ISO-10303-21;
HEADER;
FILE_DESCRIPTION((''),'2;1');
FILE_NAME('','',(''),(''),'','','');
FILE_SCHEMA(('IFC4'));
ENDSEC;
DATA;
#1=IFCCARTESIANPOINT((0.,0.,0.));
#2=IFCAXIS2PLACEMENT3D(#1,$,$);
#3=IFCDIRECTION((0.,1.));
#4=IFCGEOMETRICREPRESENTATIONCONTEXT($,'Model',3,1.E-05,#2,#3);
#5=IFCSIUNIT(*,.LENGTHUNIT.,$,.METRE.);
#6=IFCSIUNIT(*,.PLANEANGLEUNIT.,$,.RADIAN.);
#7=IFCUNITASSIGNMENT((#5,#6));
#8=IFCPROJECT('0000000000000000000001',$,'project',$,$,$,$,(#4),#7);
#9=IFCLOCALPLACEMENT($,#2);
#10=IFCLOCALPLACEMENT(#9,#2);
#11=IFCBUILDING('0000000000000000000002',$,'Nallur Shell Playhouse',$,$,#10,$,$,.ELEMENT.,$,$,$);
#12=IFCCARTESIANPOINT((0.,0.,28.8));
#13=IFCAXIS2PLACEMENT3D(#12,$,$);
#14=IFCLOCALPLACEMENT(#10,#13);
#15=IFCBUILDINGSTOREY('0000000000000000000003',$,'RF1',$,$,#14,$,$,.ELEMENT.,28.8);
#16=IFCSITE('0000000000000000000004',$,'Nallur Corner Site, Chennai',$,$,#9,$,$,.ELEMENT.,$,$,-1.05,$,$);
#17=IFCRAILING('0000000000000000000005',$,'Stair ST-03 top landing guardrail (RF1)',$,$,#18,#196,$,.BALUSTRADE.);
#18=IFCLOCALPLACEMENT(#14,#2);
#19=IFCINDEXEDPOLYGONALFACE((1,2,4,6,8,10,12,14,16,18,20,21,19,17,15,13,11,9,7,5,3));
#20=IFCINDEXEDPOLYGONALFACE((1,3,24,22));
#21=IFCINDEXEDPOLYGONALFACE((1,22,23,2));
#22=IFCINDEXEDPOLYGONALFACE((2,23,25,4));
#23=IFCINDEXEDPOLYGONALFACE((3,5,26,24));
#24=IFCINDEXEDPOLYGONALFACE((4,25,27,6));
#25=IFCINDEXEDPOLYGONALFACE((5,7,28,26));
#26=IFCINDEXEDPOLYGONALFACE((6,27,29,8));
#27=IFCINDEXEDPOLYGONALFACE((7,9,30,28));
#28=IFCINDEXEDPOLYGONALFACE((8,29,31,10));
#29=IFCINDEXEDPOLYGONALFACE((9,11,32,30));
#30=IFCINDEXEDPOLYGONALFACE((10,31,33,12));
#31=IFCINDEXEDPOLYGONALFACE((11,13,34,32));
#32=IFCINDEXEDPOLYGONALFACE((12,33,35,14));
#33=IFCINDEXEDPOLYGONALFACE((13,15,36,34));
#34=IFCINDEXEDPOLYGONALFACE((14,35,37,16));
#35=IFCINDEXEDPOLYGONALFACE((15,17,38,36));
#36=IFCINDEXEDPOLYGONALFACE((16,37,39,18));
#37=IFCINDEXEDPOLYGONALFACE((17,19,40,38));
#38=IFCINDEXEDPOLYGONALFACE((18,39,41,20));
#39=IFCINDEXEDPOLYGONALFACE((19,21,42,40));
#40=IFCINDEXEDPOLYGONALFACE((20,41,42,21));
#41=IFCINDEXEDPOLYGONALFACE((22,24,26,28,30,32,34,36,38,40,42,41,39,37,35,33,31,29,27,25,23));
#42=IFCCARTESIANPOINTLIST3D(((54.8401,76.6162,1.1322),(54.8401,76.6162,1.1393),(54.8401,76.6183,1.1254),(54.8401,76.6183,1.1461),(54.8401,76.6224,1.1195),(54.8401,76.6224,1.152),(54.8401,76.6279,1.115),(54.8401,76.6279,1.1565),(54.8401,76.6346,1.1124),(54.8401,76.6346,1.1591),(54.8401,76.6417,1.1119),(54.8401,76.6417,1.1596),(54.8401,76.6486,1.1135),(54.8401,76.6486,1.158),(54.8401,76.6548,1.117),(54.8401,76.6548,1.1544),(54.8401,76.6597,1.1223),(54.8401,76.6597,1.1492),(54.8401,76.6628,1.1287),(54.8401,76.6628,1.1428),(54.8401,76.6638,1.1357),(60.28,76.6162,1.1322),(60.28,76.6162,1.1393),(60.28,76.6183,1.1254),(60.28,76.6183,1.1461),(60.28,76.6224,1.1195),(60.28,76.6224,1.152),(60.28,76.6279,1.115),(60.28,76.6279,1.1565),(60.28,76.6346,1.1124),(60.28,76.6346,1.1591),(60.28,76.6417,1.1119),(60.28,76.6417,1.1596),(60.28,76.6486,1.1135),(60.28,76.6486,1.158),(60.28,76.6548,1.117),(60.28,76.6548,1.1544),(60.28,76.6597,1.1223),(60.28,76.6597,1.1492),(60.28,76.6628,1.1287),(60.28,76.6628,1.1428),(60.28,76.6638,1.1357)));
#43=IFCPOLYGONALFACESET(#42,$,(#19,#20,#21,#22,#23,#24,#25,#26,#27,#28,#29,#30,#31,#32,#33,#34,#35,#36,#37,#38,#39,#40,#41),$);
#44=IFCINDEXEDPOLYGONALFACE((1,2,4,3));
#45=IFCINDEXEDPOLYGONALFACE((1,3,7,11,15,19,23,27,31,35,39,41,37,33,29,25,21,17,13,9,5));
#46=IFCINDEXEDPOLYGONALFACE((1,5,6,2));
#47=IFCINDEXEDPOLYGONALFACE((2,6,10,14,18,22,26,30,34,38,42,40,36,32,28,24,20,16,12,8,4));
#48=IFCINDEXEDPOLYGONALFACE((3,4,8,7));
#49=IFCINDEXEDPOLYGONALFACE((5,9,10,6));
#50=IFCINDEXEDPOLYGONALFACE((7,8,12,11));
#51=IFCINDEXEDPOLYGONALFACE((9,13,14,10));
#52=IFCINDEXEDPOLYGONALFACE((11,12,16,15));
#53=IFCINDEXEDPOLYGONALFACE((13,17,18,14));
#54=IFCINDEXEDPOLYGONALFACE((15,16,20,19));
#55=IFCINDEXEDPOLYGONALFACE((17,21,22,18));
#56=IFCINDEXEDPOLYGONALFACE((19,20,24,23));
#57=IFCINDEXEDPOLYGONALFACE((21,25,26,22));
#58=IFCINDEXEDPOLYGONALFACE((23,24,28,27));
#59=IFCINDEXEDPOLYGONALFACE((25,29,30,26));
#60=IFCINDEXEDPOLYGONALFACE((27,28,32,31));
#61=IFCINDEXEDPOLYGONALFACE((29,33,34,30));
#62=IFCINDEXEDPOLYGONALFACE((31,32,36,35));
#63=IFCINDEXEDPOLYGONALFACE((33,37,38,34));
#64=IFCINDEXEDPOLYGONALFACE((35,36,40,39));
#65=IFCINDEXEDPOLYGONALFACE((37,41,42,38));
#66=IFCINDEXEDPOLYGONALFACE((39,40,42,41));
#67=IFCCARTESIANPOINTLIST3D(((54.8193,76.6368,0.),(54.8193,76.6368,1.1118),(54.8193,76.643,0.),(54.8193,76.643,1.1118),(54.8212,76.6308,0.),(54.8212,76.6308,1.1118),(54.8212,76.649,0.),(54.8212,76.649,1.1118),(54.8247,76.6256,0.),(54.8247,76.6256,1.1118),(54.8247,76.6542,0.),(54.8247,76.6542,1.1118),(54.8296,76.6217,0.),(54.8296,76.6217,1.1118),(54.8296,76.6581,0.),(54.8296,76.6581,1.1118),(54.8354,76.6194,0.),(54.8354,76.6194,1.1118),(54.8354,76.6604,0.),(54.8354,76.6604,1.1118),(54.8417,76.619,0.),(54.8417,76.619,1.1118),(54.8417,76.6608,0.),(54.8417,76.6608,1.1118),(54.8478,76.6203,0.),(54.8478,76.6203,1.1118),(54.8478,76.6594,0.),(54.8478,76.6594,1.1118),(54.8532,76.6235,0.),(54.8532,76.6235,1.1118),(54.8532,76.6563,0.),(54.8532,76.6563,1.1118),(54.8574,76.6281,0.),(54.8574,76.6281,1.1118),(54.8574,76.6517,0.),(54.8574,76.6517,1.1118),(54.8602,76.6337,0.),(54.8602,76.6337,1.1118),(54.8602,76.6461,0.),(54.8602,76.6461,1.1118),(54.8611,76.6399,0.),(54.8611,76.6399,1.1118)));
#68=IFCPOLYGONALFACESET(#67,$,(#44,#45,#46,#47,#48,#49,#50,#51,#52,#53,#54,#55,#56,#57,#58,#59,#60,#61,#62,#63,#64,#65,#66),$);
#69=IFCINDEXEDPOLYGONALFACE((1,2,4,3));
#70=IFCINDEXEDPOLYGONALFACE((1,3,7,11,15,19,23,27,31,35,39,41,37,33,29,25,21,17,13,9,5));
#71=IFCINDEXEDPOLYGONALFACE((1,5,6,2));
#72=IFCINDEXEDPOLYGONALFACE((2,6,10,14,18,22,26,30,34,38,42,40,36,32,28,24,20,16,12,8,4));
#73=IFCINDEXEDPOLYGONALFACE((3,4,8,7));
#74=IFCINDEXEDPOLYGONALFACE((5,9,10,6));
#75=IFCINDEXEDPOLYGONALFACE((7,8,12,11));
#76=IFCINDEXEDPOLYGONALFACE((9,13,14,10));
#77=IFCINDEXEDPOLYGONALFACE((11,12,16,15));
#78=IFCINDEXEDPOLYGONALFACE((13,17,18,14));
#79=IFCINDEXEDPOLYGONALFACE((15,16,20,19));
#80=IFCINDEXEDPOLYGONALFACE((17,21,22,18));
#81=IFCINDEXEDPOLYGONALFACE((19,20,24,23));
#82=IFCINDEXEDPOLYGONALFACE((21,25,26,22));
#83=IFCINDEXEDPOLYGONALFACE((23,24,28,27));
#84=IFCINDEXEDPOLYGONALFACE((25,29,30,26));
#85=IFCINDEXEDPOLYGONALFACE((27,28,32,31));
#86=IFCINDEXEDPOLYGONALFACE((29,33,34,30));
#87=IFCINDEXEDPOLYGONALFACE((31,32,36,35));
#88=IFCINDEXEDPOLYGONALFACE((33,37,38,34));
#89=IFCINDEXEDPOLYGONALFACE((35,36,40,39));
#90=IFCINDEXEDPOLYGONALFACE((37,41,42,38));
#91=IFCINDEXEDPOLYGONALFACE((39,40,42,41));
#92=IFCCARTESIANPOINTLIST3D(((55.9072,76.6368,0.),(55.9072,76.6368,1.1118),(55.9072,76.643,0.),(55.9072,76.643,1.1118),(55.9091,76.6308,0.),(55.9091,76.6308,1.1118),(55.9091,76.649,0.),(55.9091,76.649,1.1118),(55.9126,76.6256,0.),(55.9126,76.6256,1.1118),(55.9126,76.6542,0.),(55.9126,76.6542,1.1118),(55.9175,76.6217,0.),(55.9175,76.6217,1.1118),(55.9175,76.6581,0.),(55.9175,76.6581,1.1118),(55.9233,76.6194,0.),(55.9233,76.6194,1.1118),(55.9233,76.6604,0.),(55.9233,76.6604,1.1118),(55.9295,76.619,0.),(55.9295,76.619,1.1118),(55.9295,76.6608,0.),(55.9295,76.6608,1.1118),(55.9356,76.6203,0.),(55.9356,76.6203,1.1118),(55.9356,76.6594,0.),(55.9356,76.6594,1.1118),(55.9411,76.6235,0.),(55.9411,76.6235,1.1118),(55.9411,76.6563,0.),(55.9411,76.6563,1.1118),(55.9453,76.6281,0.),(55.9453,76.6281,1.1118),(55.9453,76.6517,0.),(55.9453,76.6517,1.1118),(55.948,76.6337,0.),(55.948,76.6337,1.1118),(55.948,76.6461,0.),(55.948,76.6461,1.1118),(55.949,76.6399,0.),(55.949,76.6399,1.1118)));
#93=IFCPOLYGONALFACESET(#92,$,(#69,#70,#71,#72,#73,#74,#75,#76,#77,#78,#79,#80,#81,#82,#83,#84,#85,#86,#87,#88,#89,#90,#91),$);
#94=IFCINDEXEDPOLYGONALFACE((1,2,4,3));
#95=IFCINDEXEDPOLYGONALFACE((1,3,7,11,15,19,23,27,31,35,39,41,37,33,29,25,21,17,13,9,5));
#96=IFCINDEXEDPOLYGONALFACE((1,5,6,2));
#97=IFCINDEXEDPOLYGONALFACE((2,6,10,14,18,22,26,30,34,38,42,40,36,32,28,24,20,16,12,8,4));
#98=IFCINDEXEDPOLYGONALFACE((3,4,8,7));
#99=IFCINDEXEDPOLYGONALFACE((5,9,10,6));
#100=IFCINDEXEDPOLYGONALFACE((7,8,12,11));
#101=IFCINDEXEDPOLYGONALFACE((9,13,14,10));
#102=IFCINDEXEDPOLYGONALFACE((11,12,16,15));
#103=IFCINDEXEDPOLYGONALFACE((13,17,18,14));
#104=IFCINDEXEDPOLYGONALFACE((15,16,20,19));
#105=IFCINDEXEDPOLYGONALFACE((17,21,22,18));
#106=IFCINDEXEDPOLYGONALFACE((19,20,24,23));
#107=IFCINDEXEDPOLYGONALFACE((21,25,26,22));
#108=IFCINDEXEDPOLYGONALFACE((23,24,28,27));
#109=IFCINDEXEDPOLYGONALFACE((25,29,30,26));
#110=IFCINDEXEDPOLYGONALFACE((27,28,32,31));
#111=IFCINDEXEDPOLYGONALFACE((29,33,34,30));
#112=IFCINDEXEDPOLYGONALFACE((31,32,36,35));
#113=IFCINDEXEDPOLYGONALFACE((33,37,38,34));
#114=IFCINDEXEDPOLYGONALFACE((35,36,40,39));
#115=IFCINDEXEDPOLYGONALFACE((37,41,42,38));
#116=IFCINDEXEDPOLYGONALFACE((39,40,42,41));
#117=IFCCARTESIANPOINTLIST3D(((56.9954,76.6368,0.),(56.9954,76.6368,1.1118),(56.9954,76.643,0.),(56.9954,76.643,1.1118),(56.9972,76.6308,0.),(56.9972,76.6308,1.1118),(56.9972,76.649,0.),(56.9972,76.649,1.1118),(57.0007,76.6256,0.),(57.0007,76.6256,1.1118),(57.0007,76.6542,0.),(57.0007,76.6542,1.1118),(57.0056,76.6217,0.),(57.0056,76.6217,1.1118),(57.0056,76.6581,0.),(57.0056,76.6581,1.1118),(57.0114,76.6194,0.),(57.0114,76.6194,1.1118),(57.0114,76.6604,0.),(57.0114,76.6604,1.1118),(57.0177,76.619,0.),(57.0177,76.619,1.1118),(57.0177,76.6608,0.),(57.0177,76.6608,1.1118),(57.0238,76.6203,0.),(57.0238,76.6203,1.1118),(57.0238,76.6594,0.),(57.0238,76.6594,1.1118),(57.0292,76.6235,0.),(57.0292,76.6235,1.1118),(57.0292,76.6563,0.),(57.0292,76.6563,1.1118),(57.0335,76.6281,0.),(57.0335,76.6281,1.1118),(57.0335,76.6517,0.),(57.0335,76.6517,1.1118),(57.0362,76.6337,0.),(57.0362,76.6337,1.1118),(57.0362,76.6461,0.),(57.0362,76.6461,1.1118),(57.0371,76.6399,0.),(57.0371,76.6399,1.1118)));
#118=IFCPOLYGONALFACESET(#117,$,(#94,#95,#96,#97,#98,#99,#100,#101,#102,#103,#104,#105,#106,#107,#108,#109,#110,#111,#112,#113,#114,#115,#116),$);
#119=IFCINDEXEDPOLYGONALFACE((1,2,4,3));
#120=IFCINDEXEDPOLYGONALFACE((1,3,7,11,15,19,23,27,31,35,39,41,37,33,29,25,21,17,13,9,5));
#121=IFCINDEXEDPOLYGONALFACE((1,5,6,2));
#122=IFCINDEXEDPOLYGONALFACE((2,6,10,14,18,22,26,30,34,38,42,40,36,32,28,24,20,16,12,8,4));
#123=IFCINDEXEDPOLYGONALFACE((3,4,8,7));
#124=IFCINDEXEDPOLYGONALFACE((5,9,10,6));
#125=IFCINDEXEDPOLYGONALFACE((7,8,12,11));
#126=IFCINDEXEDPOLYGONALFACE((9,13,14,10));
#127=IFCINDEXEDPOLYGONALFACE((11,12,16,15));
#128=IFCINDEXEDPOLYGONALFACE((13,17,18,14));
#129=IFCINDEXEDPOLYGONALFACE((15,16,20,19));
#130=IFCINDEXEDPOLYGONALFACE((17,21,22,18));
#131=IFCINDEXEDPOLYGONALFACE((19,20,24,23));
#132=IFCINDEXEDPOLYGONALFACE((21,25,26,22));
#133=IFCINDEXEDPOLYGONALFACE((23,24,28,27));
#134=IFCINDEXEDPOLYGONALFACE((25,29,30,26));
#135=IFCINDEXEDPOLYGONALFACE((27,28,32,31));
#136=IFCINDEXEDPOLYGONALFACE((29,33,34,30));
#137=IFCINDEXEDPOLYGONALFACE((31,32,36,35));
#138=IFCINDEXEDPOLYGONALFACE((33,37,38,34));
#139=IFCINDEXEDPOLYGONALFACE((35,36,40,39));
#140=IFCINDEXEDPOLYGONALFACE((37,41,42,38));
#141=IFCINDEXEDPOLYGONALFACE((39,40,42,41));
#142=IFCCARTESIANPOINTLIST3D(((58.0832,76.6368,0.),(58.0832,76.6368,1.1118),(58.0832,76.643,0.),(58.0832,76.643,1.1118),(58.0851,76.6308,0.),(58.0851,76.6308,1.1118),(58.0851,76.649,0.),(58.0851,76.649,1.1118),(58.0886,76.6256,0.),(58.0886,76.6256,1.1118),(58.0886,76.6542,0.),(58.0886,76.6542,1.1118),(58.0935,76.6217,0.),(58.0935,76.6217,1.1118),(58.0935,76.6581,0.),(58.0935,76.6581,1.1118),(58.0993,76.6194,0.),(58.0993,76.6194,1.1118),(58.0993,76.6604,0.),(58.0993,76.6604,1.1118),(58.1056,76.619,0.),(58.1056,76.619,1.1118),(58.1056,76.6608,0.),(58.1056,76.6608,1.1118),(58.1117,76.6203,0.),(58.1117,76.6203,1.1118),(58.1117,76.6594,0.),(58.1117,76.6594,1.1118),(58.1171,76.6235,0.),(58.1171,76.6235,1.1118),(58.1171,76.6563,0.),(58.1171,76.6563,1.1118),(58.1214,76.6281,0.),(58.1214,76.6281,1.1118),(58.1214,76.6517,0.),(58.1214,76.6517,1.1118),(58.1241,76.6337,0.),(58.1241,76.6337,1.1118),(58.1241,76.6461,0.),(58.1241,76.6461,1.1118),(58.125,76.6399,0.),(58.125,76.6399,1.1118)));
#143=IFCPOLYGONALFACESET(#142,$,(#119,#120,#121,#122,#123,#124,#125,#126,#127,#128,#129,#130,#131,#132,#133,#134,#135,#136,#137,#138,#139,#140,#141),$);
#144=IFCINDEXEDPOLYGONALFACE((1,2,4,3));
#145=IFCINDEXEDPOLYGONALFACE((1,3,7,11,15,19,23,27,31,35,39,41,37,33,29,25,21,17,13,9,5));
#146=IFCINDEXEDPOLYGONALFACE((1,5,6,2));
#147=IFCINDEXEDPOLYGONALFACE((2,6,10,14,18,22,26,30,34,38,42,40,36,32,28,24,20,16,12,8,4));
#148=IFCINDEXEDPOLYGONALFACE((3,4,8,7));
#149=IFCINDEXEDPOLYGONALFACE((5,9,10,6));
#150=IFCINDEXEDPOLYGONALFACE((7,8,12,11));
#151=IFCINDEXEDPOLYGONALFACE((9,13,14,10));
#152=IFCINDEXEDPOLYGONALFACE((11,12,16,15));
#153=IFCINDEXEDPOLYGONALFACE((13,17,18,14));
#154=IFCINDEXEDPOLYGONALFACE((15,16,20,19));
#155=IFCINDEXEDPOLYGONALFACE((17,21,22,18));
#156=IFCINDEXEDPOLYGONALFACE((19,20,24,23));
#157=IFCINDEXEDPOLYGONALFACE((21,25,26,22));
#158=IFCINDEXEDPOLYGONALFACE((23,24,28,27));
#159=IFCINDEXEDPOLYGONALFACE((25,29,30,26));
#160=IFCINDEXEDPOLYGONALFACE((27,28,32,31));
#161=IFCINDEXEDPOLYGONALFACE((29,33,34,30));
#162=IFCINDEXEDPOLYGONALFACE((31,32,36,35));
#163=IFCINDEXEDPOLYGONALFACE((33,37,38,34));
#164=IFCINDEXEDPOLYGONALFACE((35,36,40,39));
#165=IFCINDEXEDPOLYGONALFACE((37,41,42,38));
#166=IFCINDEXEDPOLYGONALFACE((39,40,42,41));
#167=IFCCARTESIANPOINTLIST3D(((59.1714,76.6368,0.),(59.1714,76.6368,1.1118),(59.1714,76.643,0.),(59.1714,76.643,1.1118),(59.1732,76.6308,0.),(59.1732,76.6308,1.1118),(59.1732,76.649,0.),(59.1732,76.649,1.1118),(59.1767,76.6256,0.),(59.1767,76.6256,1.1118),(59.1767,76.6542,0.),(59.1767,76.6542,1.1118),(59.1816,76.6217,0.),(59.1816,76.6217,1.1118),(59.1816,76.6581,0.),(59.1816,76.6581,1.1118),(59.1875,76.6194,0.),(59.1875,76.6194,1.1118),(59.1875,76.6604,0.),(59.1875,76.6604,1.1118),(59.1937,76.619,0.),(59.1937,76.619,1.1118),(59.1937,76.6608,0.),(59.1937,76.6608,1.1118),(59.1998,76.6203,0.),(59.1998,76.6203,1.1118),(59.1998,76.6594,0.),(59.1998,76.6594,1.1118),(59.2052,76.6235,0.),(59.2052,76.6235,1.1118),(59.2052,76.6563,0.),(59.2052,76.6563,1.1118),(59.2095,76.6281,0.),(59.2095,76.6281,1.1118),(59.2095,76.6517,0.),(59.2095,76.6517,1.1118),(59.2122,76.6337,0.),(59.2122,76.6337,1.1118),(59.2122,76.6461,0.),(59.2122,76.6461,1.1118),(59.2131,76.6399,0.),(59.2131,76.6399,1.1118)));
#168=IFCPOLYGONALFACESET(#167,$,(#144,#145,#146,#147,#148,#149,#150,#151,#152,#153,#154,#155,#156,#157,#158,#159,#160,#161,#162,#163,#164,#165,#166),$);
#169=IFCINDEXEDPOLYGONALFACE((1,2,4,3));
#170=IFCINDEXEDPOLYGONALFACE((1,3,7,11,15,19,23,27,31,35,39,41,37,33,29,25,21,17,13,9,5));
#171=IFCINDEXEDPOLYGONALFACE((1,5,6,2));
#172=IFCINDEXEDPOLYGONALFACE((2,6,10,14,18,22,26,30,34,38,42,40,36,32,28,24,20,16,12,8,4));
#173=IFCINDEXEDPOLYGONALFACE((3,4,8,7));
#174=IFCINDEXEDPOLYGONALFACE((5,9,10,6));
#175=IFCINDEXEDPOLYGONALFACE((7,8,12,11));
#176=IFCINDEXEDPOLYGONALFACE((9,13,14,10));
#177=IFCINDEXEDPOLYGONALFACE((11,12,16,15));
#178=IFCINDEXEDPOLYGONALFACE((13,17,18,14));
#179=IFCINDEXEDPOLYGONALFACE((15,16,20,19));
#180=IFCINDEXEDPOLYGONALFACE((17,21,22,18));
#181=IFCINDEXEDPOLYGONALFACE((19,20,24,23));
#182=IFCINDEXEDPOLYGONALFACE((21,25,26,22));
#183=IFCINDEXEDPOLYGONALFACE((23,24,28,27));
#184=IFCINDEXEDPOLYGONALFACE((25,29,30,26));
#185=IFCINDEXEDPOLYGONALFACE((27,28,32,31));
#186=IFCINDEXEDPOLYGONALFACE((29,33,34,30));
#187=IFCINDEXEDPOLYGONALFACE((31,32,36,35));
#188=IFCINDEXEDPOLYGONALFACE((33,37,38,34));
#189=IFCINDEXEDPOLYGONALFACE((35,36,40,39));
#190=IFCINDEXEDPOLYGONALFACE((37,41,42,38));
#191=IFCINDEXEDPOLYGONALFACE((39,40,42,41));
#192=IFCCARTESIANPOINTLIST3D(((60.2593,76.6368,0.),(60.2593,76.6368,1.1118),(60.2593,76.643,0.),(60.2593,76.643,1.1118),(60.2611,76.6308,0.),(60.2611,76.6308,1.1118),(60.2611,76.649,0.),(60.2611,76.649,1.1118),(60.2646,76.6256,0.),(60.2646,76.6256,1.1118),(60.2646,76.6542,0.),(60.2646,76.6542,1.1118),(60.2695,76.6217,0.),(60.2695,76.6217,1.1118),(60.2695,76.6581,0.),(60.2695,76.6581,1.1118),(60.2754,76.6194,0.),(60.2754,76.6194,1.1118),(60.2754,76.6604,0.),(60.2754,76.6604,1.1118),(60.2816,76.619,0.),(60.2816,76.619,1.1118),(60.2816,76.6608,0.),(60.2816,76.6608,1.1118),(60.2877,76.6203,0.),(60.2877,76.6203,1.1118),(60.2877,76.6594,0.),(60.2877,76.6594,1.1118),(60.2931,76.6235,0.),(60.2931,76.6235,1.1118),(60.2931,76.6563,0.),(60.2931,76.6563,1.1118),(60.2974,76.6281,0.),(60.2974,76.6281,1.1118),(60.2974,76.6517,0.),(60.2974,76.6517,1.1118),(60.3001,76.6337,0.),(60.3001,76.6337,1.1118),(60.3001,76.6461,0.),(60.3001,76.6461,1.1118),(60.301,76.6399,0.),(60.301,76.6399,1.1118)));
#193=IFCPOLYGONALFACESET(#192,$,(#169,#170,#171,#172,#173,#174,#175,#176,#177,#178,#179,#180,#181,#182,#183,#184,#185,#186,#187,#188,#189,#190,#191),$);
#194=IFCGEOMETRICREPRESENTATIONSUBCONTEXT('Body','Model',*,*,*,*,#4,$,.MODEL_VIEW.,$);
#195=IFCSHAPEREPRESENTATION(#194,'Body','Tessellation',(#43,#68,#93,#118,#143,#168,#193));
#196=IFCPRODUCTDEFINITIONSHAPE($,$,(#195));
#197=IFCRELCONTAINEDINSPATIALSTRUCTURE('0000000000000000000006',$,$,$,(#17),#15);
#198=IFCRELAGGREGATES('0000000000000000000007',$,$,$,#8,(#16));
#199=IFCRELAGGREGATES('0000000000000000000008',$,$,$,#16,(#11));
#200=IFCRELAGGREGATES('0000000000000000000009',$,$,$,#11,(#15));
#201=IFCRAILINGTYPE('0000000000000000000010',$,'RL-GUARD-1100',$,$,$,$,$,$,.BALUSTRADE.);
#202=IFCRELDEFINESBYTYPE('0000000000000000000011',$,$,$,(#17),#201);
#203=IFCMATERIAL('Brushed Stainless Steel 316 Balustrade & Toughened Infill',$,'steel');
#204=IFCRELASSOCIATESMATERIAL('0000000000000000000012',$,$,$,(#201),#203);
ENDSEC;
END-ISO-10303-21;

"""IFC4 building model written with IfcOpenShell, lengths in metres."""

from ifc_helpers import new_model, si_unit, direction, frame, origin, origin_2d, place, context, subcontext, project, spatial, circle, extrude, material, type_object, element, save


model = new_model("IFC4")

# Units and contexts
model_context = context("Model", 3, precision=1e-05, world=origin(), true_north=direction((0.0, 1.0)))
body_context = subcontext(model_context, "Body", "Model", "MODEL_VIEW")
ifc_project = project(units=[si_unit("LENGTHUNIT", "METRE"), si_unit("PLANEANGLEUNIT", "RADIAN")], contexts=[model_context])

# Site, building, storey
site_placement = place(None, origin())
site = spatial("IfcSite", under=ifc_project, at=site_placement, Name="Nallur Corner Site, Chennai", CompositionType="ELEMENT", RefElevation=-1.05)
building_placement = place(site_placement, origin())
building = spatial("IfcBuilding", under=site, at=building_placement, Name="Nallur Shell Playhouse", CompositionType="ELEMENT")
storey_placement = place(building_placement, frame((0.0, 0.0, 28.8)))
storey = spatial("IfcBuildingStorey", under=building, at=storey_placement, Name="RF1", CompositionType="ELEMENT", Elevation=28.8)

# Railing
ifc_material_1 = material(Name="Brushed Stainless Steel 316 Balustrade & Toughened Infill", Category="steel")
railing_type = type_object("IfcRailingType", Name="RL-GUARD-1100", PredefinedType="BALUSTRADE", material=ifc_material_1)
railing_placement = place(storey_placement, frame((54.8401, 76.6399, 0.0)))
element("IfcRailing", 1, at=railing_placement, inside=storey, type_object=railing_type, Name="Stair ST-03 top landing guardrail (RF1)", PredefinedType="BALUSTRADE", context=body_context, shape_type="SweptSolid", body=[
    extrude(circle(Radius=0.0239, at=origin_2d()), frame((0.0, 0.0, 1.1357), z_axis=(1.0, 0.0, 0.0), x_axis=(0.0, 1.0, 0.0)), (0.0, 0.0, 1.0), 5.4399),
    extrude(circle(Radius=0.021, at=origin_2d()), origin(), (0.0, 0.0, 1.0), 1.1118),
    extrude(circle(Radius=0.021, at=origin_2d()), frame((1.0879, 0.0, 0.0)), (0.0, 0.0, 1.0), 1.1118),
    extrude(circle(Radius=0.021, at=origin_2d()), frame((2.176, 0.0, 0.0)), (0.0, 0.0, 1.0), 1.1118),
    extrude(circle(Radius=0.021, at=origin_2d()), frame((3.2639, 0.0, 0.0)), (0.0, 0.0, 1.0), 1.1118),
    extrude(circle(Radius=0.021, at=origin_2d()), frame((4.3521, 0.0, 0.0)), (0.0, 0.0, 1.0), 1.1118),
    extrude(circle(Radius=0.021, at=origin_2d()), frame((5.4399, 0.0, 0.0)), (0.0, 0.0, 1.0), 1.1118),
])

save(model, "model.ifc")
